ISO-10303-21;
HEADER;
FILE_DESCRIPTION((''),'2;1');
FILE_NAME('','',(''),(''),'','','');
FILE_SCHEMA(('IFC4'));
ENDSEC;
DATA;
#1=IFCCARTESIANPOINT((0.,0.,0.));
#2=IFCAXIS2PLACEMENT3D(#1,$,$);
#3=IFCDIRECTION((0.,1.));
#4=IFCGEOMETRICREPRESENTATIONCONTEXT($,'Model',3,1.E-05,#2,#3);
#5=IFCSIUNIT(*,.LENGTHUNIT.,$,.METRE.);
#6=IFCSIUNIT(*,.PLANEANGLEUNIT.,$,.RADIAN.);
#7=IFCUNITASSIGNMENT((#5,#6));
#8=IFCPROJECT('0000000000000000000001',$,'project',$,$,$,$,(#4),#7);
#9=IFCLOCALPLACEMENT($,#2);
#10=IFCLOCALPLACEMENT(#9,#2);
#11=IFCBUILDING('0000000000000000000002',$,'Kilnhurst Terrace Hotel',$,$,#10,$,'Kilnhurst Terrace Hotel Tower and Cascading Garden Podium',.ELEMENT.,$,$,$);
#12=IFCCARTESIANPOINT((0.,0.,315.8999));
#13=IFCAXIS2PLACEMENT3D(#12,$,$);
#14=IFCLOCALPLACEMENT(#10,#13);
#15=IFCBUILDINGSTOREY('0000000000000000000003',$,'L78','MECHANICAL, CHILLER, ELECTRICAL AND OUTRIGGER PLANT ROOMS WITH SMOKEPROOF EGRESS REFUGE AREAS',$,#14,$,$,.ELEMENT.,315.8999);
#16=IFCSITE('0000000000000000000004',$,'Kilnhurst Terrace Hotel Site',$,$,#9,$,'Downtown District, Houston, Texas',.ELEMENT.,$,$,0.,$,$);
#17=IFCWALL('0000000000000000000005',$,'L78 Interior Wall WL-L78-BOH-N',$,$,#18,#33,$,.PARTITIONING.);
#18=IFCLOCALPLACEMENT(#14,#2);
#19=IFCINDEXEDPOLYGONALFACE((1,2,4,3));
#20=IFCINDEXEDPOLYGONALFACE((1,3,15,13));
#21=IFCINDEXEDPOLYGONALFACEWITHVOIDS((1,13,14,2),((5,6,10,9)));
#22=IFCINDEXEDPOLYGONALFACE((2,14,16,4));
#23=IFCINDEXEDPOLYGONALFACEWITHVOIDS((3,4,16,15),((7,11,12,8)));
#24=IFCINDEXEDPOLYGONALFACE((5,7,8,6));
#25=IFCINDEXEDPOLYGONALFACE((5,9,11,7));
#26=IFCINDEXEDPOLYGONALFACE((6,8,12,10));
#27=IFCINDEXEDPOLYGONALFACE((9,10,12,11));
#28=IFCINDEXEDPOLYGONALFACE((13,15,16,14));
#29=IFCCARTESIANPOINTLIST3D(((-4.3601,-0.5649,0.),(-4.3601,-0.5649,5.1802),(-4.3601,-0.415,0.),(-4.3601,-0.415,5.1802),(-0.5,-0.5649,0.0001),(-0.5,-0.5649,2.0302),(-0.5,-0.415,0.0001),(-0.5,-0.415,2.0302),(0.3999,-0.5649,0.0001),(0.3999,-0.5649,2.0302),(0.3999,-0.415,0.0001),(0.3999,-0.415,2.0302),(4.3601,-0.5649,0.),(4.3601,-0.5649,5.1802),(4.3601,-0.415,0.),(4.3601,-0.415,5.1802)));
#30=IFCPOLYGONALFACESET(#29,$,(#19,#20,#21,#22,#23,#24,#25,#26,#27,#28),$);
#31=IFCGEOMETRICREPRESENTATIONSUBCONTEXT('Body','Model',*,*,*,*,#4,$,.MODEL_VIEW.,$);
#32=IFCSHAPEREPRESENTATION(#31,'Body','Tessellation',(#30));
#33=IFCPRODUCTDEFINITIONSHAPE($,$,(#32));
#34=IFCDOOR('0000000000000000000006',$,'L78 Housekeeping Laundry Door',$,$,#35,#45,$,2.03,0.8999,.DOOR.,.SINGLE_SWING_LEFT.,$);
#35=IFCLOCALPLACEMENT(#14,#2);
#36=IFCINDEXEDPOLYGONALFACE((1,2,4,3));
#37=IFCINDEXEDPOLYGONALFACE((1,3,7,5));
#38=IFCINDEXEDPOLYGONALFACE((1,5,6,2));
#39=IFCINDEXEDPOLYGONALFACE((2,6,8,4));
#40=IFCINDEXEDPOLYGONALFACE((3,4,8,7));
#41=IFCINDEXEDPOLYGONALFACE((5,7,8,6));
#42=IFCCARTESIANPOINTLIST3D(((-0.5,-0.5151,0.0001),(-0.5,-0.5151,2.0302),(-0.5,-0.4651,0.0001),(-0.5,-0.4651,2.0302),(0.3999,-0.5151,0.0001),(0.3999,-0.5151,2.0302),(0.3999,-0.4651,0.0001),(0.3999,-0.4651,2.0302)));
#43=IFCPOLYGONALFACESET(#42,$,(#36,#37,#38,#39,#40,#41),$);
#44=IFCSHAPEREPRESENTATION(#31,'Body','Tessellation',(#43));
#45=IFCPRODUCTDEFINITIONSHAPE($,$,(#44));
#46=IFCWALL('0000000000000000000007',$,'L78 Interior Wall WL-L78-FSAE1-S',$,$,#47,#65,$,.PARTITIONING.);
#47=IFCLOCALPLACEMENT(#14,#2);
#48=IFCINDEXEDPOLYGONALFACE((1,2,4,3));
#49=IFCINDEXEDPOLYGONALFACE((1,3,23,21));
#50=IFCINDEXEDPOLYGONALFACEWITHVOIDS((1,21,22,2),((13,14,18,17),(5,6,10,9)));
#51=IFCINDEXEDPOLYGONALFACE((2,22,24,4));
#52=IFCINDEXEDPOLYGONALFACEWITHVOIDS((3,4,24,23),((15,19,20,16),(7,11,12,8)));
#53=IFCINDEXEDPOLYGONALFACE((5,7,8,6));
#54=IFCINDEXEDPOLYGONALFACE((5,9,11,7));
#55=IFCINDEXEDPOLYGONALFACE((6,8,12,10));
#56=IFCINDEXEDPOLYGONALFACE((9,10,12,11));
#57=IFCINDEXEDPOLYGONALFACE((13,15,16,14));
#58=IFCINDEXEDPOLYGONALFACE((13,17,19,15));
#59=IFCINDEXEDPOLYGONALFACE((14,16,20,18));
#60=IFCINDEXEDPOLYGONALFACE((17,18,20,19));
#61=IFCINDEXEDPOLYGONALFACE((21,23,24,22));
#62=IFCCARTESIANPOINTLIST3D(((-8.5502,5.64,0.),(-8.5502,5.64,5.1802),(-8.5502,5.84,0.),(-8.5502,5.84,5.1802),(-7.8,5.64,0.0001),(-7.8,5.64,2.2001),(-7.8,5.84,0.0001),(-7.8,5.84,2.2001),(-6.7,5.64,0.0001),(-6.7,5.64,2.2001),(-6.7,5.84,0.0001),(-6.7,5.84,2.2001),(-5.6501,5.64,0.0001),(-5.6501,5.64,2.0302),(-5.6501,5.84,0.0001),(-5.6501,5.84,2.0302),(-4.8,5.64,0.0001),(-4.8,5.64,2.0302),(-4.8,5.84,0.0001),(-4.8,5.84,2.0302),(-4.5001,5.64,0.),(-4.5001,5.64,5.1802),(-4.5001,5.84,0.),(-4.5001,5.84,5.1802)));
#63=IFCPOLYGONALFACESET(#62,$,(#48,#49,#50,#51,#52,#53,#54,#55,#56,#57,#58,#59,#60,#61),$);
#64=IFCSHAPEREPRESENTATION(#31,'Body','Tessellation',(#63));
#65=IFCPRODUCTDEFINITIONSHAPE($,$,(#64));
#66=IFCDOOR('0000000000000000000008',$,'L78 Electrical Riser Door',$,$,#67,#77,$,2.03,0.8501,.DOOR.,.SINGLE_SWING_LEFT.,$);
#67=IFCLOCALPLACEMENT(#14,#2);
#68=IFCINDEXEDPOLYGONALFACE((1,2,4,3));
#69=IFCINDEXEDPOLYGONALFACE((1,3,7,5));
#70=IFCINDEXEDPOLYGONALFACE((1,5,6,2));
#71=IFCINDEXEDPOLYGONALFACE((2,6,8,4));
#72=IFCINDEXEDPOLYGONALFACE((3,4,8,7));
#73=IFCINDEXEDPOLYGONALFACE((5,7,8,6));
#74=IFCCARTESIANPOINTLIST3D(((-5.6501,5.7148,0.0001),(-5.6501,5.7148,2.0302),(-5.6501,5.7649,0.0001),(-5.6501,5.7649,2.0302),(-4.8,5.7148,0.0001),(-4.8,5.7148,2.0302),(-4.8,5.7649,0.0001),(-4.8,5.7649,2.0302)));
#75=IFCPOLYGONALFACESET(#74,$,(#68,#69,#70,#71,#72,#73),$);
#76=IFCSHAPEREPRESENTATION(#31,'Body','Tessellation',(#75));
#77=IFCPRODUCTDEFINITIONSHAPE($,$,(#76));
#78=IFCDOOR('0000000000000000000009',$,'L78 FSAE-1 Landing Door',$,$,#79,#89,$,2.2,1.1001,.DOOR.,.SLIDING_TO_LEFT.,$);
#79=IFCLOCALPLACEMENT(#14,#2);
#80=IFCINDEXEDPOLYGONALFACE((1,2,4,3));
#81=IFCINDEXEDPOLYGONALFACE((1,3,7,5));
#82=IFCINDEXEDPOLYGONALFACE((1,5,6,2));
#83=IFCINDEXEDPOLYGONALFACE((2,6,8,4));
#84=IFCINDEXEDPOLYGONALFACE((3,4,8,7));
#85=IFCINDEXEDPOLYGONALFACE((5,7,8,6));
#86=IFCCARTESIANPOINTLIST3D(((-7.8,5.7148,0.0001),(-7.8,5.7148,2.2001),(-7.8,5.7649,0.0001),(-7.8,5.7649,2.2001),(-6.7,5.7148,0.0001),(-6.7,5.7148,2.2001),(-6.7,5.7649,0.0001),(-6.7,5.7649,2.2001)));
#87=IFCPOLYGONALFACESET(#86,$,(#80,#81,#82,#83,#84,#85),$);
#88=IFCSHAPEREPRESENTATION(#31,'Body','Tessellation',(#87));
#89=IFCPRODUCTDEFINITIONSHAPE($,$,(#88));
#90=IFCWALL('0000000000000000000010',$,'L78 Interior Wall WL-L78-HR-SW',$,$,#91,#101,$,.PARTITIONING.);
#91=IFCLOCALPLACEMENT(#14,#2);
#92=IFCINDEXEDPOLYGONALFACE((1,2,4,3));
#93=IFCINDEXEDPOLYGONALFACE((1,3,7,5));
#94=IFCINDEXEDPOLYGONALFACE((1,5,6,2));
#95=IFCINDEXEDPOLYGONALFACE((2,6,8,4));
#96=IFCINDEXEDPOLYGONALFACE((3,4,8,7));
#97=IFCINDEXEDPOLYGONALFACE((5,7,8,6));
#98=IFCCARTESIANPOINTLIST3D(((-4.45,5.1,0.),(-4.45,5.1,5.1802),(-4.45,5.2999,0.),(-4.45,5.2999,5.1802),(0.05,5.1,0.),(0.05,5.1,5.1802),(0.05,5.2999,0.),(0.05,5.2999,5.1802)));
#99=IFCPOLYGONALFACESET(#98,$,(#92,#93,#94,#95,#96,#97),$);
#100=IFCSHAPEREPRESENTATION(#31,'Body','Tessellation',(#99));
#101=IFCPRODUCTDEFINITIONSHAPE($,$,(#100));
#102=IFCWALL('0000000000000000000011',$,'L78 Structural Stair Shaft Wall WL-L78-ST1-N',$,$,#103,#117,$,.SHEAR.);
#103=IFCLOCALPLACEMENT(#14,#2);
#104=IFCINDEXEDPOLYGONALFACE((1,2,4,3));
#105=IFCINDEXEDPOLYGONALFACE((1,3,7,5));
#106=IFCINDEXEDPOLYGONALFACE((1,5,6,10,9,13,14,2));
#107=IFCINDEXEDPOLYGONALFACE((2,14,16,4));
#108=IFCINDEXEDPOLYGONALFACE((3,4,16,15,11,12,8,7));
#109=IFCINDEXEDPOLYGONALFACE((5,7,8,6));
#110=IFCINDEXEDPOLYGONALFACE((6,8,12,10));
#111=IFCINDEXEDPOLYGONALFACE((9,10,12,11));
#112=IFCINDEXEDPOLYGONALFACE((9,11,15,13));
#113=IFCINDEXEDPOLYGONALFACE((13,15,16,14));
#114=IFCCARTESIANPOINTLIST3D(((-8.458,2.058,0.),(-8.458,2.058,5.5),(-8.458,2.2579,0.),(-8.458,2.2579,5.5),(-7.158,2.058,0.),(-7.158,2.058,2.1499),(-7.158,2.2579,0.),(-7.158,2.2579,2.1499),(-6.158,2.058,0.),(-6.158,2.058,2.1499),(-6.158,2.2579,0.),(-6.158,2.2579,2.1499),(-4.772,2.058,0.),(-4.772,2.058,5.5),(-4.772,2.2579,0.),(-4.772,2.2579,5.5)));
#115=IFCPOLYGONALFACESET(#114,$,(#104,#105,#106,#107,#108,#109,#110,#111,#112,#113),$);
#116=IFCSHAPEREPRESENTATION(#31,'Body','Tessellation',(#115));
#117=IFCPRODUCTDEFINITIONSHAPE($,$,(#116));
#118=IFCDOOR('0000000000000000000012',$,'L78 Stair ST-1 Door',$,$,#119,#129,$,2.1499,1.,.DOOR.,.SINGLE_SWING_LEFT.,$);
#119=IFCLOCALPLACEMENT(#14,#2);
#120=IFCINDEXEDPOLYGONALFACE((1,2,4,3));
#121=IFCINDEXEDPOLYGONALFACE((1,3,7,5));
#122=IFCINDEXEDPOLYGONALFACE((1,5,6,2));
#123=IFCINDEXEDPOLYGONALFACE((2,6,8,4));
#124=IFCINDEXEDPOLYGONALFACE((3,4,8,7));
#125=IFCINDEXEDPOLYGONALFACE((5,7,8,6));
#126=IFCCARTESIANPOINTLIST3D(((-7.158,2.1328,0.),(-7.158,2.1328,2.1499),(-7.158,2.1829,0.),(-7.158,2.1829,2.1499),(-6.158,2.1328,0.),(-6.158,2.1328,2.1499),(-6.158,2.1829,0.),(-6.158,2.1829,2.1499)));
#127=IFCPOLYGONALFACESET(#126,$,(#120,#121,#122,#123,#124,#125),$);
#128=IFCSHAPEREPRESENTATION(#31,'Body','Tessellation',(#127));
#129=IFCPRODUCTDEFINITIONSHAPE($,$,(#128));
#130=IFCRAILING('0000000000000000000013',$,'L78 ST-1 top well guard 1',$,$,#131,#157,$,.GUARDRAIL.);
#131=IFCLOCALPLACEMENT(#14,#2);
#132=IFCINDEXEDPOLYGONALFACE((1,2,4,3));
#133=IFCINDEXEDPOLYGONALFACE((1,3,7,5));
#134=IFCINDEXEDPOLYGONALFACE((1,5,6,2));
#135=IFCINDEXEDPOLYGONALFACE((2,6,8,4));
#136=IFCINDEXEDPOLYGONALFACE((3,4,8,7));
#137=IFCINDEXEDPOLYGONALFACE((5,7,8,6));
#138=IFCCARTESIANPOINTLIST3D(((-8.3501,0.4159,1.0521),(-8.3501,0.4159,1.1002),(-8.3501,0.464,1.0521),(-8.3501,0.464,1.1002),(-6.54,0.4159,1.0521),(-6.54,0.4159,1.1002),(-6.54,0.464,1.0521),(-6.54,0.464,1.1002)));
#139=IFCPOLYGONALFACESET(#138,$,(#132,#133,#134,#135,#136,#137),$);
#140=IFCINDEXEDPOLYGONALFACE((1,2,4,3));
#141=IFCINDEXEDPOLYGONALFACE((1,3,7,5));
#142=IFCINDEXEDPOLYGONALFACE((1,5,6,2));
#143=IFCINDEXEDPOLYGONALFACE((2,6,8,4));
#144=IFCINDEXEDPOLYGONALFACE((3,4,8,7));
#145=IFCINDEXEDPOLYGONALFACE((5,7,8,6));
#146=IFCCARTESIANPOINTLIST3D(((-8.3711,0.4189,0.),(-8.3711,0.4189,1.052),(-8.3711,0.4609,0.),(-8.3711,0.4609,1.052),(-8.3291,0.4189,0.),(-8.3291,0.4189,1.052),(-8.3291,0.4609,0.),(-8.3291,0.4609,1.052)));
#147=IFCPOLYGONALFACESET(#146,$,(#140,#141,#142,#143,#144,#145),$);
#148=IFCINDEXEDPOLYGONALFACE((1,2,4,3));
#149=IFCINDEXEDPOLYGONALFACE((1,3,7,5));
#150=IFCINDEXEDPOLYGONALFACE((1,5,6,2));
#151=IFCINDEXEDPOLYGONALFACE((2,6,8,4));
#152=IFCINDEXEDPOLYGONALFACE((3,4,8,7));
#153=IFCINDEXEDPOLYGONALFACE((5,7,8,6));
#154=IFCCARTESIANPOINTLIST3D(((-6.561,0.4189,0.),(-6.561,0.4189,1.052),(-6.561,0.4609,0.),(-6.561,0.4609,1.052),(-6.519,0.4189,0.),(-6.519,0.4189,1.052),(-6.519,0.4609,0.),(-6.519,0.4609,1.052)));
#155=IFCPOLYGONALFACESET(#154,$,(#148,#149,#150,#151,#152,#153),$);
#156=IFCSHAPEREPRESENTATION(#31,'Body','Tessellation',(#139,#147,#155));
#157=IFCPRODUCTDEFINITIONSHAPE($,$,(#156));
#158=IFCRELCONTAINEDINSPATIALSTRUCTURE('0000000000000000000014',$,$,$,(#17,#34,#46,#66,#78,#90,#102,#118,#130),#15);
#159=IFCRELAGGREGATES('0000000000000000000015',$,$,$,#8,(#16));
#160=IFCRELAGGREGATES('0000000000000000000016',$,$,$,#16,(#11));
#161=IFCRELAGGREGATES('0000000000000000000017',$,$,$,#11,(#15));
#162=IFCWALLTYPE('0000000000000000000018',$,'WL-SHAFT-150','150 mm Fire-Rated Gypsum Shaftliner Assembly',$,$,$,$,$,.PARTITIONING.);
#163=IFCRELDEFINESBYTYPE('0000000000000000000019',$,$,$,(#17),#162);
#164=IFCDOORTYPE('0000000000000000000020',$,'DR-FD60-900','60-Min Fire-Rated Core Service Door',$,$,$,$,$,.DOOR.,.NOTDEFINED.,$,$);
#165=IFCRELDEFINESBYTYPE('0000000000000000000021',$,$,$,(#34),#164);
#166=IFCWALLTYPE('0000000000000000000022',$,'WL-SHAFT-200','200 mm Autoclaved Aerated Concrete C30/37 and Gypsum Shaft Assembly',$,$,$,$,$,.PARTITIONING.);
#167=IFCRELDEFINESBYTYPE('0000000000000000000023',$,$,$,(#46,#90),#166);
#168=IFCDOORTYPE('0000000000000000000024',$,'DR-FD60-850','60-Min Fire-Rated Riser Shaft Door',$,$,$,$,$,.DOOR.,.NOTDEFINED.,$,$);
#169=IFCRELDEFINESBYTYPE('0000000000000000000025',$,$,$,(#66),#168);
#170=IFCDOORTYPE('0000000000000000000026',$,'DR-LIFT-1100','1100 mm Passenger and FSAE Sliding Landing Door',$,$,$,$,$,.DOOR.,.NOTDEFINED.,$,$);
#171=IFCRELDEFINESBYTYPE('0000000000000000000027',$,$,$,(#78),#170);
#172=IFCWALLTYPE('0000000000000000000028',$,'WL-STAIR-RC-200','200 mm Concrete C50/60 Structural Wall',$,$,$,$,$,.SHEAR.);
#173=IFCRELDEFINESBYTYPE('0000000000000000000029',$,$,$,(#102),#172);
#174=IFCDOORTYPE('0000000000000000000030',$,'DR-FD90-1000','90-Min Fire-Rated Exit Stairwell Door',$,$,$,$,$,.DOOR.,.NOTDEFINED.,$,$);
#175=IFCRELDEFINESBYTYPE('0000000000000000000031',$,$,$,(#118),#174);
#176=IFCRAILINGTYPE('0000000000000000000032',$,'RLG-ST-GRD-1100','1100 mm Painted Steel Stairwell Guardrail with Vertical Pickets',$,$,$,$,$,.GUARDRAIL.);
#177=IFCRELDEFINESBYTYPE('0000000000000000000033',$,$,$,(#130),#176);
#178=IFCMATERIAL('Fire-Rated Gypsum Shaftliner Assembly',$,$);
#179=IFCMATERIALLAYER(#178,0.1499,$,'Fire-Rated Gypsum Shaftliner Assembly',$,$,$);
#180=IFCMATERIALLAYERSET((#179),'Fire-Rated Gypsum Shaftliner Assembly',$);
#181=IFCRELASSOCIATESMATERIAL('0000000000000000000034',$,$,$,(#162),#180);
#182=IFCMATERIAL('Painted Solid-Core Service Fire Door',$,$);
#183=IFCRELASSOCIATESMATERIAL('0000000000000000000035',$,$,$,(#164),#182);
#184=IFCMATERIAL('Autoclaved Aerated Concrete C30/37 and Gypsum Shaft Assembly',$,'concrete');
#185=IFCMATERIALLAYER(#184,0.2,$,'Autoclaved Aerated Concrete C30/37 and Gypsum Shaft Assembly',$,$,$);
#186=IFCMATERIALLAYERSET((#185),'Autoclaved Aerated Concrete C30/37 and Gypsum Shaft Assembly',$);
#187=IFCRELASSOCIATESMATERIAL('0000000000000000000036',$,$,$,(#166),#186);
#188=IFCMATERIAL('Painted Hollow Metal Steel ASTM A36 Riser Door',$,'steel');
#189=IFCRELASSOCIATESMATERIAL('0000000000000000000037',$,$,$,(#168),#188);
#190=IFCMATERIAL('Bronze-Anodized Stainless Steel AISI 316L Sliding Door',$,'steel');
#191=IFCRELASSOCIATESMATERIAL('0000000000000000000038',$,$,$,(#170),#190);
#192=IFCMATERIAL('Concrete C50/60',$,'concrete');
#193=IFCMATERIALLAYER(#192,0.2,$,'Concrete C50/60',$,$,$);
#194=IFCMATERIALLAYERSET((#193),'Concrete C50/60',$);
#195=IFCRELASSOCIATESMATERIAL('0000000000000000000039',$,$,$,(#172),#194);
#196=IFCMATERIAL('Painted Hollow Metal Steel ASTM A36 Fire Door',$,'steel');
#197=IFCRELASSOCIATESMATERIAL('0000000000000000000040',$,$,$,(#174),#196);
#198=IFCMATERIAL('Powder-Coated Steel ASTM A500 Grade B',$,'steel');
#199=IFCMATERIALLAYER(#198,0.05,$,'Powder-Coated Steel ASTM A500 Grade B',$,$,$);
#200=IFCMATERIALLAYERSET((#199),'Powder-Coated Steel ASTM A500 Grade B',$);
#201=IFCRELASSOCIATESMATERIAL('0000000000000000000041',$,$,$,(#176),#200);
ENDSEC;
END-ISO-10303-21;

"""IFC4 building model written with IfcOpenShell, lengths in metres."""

from ifc_helpers import new_model, si_unit, direction, frame, frame_2d, origin, origin_2d, place, context, subcontext, project, spatial, rectangle, extrude, material, layer, layer_set, type_object, element, fill, save


model = new_model("IFC4")

# Units and contexts
model_context = context("Model", 3, precision=1e-05, world=origin(), true_north=direction((0.0, 1.0)))
body_context = subcontext(model_context, "Body", "Model", "MODEL_VIEW")
ifc_project = project(units=[si_unit("LENGTHUNIT", "METRE"), si_unit("PLANEANGLEUNIT", "RADIAN")], contexts=[model_context])

# Site, building, storey
site_placement = place(None, origin())
site = spatial("IfcSite", under=ifc_project, at=site_placement, Name="Kilnhurst Terrace Hotel Site", LongName="Downtown District, Houston, Texas", CompositionType="ELEMENT", RefElevation=0.0)
building_placement = place(site_placement, origin())
building = spatial("IfcBuilding", under=site, at=building_placement, Name="Kilnhurst Terrace Hotel", LongName="Kilnhurst Terrace Hotel Tower and Cascading Garden Podium", CompositionType="ELEMENT")
storey_placement = place(building_placement, frame((0.0, 0.0, 315.8999)))
storey = spatial("IfcBuildingStorey", under=building, at=storey_placement, Name="L78", Description="MECHANICAL, CHILLER, ELECTRICAL AND OUTRIGGER PLANT ROOMS WITH SMOKEPROOF EGRESS REFUGE AREAS", CompositionType="ELEMENT", Elevation=315.8999)

# Shared definitions
ifc_material_1 = material(Name="Concrete C50/60", Category="concrete")

# Shared definitions
ifc_material_2 = material(Name="Fire-Rated Gypsum Shaftliner Assembly")
ifc_layer_1 = layer(ifc_material_2, 0.1499, Name="Fire-Rated Gypsum Shaftliner Assembly")
ifc_layer_set_1 = layer_set([ifc_layer_1], Name="Fire-Rated Gypsum Shaftliner Assembly")
wall_type_1 = type_object("IfcWallType", Name="WL-SHAFT-150", Description="150 mm Fire-Rated Gypsum Shaftliner Assembly", PredefinedType="PARTITIONING", material=ifc_layer_set_1)

# Wall, opening, door
wall_1_placement = place(storey_placement, frame((-4.3601, -0.49, 0.0), z_axis=(0.0, 0.0, 1.0), x_axis=(1.0, 0.0, 0.0)))
wall_1 = element("IfcWall", 1, at=wall_1_placement, inside=storey, type_object=wall_type_1, Name="L78 Interior Wall WL-L78-BOH-N", PredefinedType="PARTITIONING", context=body_context, shape_type="SweptSolid", body=[
    extrude(rectangle(XDim=8.7202, YDim=0.1499, at=frame_2d((4.3601, 0.0))), origin(), (0.0, 0.0, 1.0), 5.1802),
])
opening_1_placement = place(wall_1_placement, frame((3.8601, 0.0, 0.0)))
opening_1 = element("IfcOpeningElement", 2, at=opening_1_placement, cuts=wall_1, PredefinedType="OPENING", context=body_context, shape_type="SweptSolid", body=[
    extrude(rectangle(XDim=0.8999, YDim=2.03, at=frame_2d((0.45, 1.0151))), frame((0.0, 0.085, 0.0), z_axis=(0.0, -1.0, 0.0), x_axis=(1.0, 0.0, 0.0)), (0.0, 0.0, 1.0), 0.1699),
])
ifc_material_3 = material(Name="Painted Solid-Core Service Fire Door")
door_type_1 = type_object("IfcDoorType", Name="DR-FD60-900", Description="60-Min Fire-Rated Core Service Door", OperationType="NOTDEFINED", PredefinedType="DOOR", material=ifc_material_3)
door_1_placement = place(opening_1_placement, origin())
door_1 = element("IfcDoor", 3, at=door_1_placement, inside=storey, type_object=door_type_1, Name="L78 Housekeeping Laundry Door", OperationType="SINGLE_SWING_LEFT", OverallHeight=2.03, OverallWidth=0.8999, PredefinedType="DOOR", context=body_context, shape_type="SweptSolid", body=[
    extrude(rectangle(XDim=0.8999, YDim=2.03, at=frame_2d((0.45, 1.0151))), frame((0.0, 0.0249, 0.0), z_axis=(0.0, -1.0, 0.0), x_axis=(1.0, 0.0, 0.0)), (0.0, 0.0, 1.0), 0.05),
])
fill(opening_1, door_1)

# Wall, openings, doors
ifc_material_4 = material(Name="Autoclaved Aerated Concrete C30/37 and Gypsum Shaft Assembly", Category="concrete")
ifc_layer_2 = layer(ifc_material_4, 0.2, Name="Autoclaved Aerated Concrete C30/37 and Gypsum Shaft Assembly")
ifc_layer_set_2 = layer_set([ifc_layer_2], Name="Autoclaved Aerated Concrete C30/37 and Gypsum Shaft Assembly")
wall_type_2 = type_object("IfcWallType", Name="WL-SHAFT-200", Description="200 mm Autoclaved Aerated Concrete C30/37 and Gypsum Shaft Assembly", PredefinedType="PARTITIONING", material=ifc_layer_set_2)
wall_2_placement = place(storey_placement, frame((-8.55, 5.74, 0.0), z_axis=(0.0, 0.0, 1.0), x_axis=(1.0, 0.0, 0.0)))
wall_2 = element("IfcWall", 4, at=wall_2_placement, inside=storey, type_object=wall_type_2, Name="L78 Interior Wall WL-L78-FSAE1-S", PredefinedType="PARTITIONING", context=body_context, shape_type="SweptSolid", body=[
    extrude(rectangle(XDim=4.05, YDim=0.2, at=frame_2d((2.0249, 0.0))), origin(), (0.0, 0.0, 1.0), 5.1802),
])
opening_2_placement = place(wall_2_placement, frame((0.75, 0.0, 0.0)))
opening_2 = element("IfcOpeningElement", 5, at=opening_2_placement, cuts=wall_2, PredefinedType="OPENING", context=body_context, shape_type="SweptSolid", body=[
    extrude(rectangle(XDim=1.1001, YDim=2.2, at=frame_2d((0.55, 1.1001))), frame((0.0, 0.1099, 0.0), z_axis=(0.0, -1.0, 0.0), x_axis=(1.0, 0.0, 0.0)), (0.0, 0.0, 1.0), 0.22),
])
opening_3_placement = place(wall_2_placement, frame((2.8999, 0.0, 0.0)))
opening_3 = element("IfcOpeningElement", 6, at=opening_3_placement, cuts=wall_2, PredefinedType="OPENING", context=body_context, shape_type="SweptSolid", body=[
    extrude(rectangle(XDim=0.8501, YDim=2.03, at=frame_2d((0.425, 1.0151))), frame((0.0, 0.1099, 0.0), z_axis=(0.0, -1.0, 0.0), x_axis=(1.0, 0.0, 0.0)), (0.0, 0.0, 1.0), 0.22),
])
ifc_material_5 = material(Name="Painted Hollow Metal Steel ASTM A36 Riser Door", Category="steel")
door_type_2 = type_object("IfcDoorType", Name="DR-FD60-850", Description="60-Min Fire-Rated Riser Shaft Door", OperationType="NOTDEFINED", PredefinedType="DOOR", material=ifc_material_5)
door_2_placement = place(opening_3_placement, origin())
door_2 = element("IfcDoor", 7, at=door_2_placement, inside=storey, type_object=door_type_2, Name="L78 Electrical Riser Door", OperationType="SINGLE_SWING_LEFT", OverallHeight=2.03, OverallWidth=0.8501, PredefinedType="DOOR", context=body_context, shape_type="SweptSolid", body=[
    extrude(rectangle(XDim=0.8501, YDim=2.03, at=frame_2d((0.425, 1.0151))), frame((0.0, 0.0249, 0.0), z_axis=(0.0, -1.0, 0.0), x_axis=(1.0, 0.0, 0.0)), (0.0, 0.0, 1.0), 0.05),
])
fill(opening_3, door_2)
ifc_material_6 = material(Name="Bronze-Anodized Stainless Steel AISI 316L Sliding Door", Category="steel")
door_type_3 = type_object("IfcDoorType", Name="DR-LIFT-1100", Description="1100 mm Passenger and FSAE Sliding Landing Door", OperationType="NOTDEFINED", PredefinedType="DOOR", material=ifc_material_6)
door_3_placement = place(opening_2_placement, origin())
door_3 = element("IfcDoor", 8, at=door_3_placement, inside=storey, type_object=door_type_3, Name="L78 FSAE-1 Landing Door", OperationType="SLIDING_TO_LEFT", OverallHeight=2.2, OverallWidth=1.1001, PredefinedType="DOOR", context=body_context, shape_type="SweptSolid", body=[
    extrude(rectangle(XDim=1.1001, YDim=2.2, at=frame_2d((0.55, 1.1001))), frame((0.0, 0.0249, 0.0), z_axis=(0.0, -1.0, 0.0), x_axis=(1.0, 0.0, 0.0)), (0.0, 0.0, 1.0), 0.05),
])
fill(opening_2, door_3)

# Wall
wall_3_placement = place(storey_placement, frame((-4.45, 5.2, 0.0), z_axis=(0.0, 0.0, 1.0), x_axis=(1.0, 0.0, 0.0)))
element("IfcWall", 9, at=wall_3_placement, inside=storey, type_object=wall_type_2, Name="L78 Interior Wall WL-L78-HR-SW", PredefinedType="PARTITIONING", context=body_context, shape_type="SweptSolid", body=[
    extrude(rectangle(XDim=4.5, YDim=0.2, at=frame_2d((2.25, 0.0))), origin(), (0.0, 0.0, 1.0), 5.1802),
])

# Wall, opening, door
ifc_layer_3 = layer(ifc_material_1, 0.2, Name="Concrete C50/60")
ifc_layer_set_3 = layer_set([ifc_layer_3], Name="Concrete C50/60")
wall_type_3 = type_object("IfcWallType", Name="WL-STAIR-RC-200", Description="200 mm Concrete C50/60 Structural Wall", PredefinedType="SHEAR", material=ifc_layer_set_3)
wall_4_placement = place(storey_placement, frame((-8.458, 2.158, 0.0), z_axis=(0.0, 0.0, 1.0), x_axis=(1.0, 0.0, 0.0)))
wall_4 = element("IfcWall", 10, at=wall_4_placement, inside=storey, type_object=wall_type_3, Name="L78 Structural Stair Shaft Wall WL-L78-ST1-N", PredefinedType="SHEAR", context=body_context, shape_type="SweptSolid", body=[
    extrude(rectangle(XDim=3.686, YDim=0.2, at=frame_2d((1.843, 0.0))), origin(), (0.0, 0.0, 1.0), 5.5),
])
opening_4_placement = place(wall_4_placement, frame((1.3, 0.0, 0.0)))
opening_4 = element("IfcOpeningElement", 11, at=opening_4_placement, cuts=wall_4, PredefinedType="OPENING", context=body_context, shape_type="SweptSolid", body=[
    extrude(rectangle(XDim=1.0, YDim=2.1499, at=frame_2d((0.5, 1.075))), frame((0.0, 0.1099, 0.0), z_axis=(0.0, -1.0, 0.0), x_axis=(1.0, 0.0, 0.0)), (0.0, 0.0, 1.0), 0.22),
])
ifc_material_7 = material(Name="Painted Hollow Metal Steel ASTM A36 Fire Door", Category="steel")
door_type_4 = type_object("IfcDoorType", Name="DR-FD90-1000", Description="90-Min Fire-Rated Exit Stairwell Door", OperationType="NOTDEFINED", PredefinedType="DOOR", material=ifc_material_7)
door_4_placement = place(opening_4_placement, origin())
door_4 = element("IfcDoor", 12, at=door_4_placement, inside=storey, type_object=door_type_4, Name="L78 Stair ST-1 Door", OperationType="SINGLE_SWING_LEFT", OverallHeight=2.1499, OverallWidth=1.0, PredefinedType="DOOR", context=body_context, shape_type="SweptSolid", body=[
    extrude(rectangle(XDim=1.0, YDim=2.1499, at=frame_2d((0.5, 1.075))), frame((0.0, 0.0249, 0.0), z_axis=(0.0, -1.0, 0.0), x_axis=(1.0, 0.0, 0.0)), (0.0, 0.0, 1.0), 0.05),
])
fill(opening_4, door_4)

# Railing
ifc_material_8 = material(Name="Powder-Coated Steel ASTM A500 Grade B", Category="steel")
ifc_layer_4 = layer(ifc_material_8, 0.05, Name="Powder-Coated Steel ASTM A500 Grade B")
ifc_layer_set_4 = layer_set([ifc_layer_4], Name="Powder-Coated Steel ASTM A500 Grade B")
railing_type = type_object("IfcRailingType", Name="RLG-ST-GRD-1100", Description="1100 mm Painted Steel Stairwell Guardrail with Vertical Pickets", PredefinedType="GUARDRAIL", material=ifc_layer_set_4)
railing_placement = place(storey_placement, frame((-8.3501, 0.4399, 0.0)))
element("IfcRailing", 13, at=railing_placement, inside=storey, type_object=railing_type, Name="L78 ST-1 top well guard 1", PredefinedType="GUARDRAIL", context=body_context, shape_type="SweptSolid", body=[
    extrude(rectangle(XDim=0.0481, YDim=0.0481, at=origin_2d()), frame((0.0, 0.0, 1.0762), z_axis=(1.0, 0.0, 0.0), x_axis=(0.0, 1.0, 0.0)), (0.0, 0.0, 1.0), 1.8101),
    extrude(rectangle(XDim=0.042, YDim=0.042, at=origin_2d()), origin(), (0.0, 0.0, 1.0), 1.052),
    extrude(rectangle(XDim=0.042, YDim=0.042, at=origin_2d()), frame((1.8101, 0.0, 0.0)), (0.0, 0.0, 1.0), 1.052),
])

save(model, "model.ifc")
